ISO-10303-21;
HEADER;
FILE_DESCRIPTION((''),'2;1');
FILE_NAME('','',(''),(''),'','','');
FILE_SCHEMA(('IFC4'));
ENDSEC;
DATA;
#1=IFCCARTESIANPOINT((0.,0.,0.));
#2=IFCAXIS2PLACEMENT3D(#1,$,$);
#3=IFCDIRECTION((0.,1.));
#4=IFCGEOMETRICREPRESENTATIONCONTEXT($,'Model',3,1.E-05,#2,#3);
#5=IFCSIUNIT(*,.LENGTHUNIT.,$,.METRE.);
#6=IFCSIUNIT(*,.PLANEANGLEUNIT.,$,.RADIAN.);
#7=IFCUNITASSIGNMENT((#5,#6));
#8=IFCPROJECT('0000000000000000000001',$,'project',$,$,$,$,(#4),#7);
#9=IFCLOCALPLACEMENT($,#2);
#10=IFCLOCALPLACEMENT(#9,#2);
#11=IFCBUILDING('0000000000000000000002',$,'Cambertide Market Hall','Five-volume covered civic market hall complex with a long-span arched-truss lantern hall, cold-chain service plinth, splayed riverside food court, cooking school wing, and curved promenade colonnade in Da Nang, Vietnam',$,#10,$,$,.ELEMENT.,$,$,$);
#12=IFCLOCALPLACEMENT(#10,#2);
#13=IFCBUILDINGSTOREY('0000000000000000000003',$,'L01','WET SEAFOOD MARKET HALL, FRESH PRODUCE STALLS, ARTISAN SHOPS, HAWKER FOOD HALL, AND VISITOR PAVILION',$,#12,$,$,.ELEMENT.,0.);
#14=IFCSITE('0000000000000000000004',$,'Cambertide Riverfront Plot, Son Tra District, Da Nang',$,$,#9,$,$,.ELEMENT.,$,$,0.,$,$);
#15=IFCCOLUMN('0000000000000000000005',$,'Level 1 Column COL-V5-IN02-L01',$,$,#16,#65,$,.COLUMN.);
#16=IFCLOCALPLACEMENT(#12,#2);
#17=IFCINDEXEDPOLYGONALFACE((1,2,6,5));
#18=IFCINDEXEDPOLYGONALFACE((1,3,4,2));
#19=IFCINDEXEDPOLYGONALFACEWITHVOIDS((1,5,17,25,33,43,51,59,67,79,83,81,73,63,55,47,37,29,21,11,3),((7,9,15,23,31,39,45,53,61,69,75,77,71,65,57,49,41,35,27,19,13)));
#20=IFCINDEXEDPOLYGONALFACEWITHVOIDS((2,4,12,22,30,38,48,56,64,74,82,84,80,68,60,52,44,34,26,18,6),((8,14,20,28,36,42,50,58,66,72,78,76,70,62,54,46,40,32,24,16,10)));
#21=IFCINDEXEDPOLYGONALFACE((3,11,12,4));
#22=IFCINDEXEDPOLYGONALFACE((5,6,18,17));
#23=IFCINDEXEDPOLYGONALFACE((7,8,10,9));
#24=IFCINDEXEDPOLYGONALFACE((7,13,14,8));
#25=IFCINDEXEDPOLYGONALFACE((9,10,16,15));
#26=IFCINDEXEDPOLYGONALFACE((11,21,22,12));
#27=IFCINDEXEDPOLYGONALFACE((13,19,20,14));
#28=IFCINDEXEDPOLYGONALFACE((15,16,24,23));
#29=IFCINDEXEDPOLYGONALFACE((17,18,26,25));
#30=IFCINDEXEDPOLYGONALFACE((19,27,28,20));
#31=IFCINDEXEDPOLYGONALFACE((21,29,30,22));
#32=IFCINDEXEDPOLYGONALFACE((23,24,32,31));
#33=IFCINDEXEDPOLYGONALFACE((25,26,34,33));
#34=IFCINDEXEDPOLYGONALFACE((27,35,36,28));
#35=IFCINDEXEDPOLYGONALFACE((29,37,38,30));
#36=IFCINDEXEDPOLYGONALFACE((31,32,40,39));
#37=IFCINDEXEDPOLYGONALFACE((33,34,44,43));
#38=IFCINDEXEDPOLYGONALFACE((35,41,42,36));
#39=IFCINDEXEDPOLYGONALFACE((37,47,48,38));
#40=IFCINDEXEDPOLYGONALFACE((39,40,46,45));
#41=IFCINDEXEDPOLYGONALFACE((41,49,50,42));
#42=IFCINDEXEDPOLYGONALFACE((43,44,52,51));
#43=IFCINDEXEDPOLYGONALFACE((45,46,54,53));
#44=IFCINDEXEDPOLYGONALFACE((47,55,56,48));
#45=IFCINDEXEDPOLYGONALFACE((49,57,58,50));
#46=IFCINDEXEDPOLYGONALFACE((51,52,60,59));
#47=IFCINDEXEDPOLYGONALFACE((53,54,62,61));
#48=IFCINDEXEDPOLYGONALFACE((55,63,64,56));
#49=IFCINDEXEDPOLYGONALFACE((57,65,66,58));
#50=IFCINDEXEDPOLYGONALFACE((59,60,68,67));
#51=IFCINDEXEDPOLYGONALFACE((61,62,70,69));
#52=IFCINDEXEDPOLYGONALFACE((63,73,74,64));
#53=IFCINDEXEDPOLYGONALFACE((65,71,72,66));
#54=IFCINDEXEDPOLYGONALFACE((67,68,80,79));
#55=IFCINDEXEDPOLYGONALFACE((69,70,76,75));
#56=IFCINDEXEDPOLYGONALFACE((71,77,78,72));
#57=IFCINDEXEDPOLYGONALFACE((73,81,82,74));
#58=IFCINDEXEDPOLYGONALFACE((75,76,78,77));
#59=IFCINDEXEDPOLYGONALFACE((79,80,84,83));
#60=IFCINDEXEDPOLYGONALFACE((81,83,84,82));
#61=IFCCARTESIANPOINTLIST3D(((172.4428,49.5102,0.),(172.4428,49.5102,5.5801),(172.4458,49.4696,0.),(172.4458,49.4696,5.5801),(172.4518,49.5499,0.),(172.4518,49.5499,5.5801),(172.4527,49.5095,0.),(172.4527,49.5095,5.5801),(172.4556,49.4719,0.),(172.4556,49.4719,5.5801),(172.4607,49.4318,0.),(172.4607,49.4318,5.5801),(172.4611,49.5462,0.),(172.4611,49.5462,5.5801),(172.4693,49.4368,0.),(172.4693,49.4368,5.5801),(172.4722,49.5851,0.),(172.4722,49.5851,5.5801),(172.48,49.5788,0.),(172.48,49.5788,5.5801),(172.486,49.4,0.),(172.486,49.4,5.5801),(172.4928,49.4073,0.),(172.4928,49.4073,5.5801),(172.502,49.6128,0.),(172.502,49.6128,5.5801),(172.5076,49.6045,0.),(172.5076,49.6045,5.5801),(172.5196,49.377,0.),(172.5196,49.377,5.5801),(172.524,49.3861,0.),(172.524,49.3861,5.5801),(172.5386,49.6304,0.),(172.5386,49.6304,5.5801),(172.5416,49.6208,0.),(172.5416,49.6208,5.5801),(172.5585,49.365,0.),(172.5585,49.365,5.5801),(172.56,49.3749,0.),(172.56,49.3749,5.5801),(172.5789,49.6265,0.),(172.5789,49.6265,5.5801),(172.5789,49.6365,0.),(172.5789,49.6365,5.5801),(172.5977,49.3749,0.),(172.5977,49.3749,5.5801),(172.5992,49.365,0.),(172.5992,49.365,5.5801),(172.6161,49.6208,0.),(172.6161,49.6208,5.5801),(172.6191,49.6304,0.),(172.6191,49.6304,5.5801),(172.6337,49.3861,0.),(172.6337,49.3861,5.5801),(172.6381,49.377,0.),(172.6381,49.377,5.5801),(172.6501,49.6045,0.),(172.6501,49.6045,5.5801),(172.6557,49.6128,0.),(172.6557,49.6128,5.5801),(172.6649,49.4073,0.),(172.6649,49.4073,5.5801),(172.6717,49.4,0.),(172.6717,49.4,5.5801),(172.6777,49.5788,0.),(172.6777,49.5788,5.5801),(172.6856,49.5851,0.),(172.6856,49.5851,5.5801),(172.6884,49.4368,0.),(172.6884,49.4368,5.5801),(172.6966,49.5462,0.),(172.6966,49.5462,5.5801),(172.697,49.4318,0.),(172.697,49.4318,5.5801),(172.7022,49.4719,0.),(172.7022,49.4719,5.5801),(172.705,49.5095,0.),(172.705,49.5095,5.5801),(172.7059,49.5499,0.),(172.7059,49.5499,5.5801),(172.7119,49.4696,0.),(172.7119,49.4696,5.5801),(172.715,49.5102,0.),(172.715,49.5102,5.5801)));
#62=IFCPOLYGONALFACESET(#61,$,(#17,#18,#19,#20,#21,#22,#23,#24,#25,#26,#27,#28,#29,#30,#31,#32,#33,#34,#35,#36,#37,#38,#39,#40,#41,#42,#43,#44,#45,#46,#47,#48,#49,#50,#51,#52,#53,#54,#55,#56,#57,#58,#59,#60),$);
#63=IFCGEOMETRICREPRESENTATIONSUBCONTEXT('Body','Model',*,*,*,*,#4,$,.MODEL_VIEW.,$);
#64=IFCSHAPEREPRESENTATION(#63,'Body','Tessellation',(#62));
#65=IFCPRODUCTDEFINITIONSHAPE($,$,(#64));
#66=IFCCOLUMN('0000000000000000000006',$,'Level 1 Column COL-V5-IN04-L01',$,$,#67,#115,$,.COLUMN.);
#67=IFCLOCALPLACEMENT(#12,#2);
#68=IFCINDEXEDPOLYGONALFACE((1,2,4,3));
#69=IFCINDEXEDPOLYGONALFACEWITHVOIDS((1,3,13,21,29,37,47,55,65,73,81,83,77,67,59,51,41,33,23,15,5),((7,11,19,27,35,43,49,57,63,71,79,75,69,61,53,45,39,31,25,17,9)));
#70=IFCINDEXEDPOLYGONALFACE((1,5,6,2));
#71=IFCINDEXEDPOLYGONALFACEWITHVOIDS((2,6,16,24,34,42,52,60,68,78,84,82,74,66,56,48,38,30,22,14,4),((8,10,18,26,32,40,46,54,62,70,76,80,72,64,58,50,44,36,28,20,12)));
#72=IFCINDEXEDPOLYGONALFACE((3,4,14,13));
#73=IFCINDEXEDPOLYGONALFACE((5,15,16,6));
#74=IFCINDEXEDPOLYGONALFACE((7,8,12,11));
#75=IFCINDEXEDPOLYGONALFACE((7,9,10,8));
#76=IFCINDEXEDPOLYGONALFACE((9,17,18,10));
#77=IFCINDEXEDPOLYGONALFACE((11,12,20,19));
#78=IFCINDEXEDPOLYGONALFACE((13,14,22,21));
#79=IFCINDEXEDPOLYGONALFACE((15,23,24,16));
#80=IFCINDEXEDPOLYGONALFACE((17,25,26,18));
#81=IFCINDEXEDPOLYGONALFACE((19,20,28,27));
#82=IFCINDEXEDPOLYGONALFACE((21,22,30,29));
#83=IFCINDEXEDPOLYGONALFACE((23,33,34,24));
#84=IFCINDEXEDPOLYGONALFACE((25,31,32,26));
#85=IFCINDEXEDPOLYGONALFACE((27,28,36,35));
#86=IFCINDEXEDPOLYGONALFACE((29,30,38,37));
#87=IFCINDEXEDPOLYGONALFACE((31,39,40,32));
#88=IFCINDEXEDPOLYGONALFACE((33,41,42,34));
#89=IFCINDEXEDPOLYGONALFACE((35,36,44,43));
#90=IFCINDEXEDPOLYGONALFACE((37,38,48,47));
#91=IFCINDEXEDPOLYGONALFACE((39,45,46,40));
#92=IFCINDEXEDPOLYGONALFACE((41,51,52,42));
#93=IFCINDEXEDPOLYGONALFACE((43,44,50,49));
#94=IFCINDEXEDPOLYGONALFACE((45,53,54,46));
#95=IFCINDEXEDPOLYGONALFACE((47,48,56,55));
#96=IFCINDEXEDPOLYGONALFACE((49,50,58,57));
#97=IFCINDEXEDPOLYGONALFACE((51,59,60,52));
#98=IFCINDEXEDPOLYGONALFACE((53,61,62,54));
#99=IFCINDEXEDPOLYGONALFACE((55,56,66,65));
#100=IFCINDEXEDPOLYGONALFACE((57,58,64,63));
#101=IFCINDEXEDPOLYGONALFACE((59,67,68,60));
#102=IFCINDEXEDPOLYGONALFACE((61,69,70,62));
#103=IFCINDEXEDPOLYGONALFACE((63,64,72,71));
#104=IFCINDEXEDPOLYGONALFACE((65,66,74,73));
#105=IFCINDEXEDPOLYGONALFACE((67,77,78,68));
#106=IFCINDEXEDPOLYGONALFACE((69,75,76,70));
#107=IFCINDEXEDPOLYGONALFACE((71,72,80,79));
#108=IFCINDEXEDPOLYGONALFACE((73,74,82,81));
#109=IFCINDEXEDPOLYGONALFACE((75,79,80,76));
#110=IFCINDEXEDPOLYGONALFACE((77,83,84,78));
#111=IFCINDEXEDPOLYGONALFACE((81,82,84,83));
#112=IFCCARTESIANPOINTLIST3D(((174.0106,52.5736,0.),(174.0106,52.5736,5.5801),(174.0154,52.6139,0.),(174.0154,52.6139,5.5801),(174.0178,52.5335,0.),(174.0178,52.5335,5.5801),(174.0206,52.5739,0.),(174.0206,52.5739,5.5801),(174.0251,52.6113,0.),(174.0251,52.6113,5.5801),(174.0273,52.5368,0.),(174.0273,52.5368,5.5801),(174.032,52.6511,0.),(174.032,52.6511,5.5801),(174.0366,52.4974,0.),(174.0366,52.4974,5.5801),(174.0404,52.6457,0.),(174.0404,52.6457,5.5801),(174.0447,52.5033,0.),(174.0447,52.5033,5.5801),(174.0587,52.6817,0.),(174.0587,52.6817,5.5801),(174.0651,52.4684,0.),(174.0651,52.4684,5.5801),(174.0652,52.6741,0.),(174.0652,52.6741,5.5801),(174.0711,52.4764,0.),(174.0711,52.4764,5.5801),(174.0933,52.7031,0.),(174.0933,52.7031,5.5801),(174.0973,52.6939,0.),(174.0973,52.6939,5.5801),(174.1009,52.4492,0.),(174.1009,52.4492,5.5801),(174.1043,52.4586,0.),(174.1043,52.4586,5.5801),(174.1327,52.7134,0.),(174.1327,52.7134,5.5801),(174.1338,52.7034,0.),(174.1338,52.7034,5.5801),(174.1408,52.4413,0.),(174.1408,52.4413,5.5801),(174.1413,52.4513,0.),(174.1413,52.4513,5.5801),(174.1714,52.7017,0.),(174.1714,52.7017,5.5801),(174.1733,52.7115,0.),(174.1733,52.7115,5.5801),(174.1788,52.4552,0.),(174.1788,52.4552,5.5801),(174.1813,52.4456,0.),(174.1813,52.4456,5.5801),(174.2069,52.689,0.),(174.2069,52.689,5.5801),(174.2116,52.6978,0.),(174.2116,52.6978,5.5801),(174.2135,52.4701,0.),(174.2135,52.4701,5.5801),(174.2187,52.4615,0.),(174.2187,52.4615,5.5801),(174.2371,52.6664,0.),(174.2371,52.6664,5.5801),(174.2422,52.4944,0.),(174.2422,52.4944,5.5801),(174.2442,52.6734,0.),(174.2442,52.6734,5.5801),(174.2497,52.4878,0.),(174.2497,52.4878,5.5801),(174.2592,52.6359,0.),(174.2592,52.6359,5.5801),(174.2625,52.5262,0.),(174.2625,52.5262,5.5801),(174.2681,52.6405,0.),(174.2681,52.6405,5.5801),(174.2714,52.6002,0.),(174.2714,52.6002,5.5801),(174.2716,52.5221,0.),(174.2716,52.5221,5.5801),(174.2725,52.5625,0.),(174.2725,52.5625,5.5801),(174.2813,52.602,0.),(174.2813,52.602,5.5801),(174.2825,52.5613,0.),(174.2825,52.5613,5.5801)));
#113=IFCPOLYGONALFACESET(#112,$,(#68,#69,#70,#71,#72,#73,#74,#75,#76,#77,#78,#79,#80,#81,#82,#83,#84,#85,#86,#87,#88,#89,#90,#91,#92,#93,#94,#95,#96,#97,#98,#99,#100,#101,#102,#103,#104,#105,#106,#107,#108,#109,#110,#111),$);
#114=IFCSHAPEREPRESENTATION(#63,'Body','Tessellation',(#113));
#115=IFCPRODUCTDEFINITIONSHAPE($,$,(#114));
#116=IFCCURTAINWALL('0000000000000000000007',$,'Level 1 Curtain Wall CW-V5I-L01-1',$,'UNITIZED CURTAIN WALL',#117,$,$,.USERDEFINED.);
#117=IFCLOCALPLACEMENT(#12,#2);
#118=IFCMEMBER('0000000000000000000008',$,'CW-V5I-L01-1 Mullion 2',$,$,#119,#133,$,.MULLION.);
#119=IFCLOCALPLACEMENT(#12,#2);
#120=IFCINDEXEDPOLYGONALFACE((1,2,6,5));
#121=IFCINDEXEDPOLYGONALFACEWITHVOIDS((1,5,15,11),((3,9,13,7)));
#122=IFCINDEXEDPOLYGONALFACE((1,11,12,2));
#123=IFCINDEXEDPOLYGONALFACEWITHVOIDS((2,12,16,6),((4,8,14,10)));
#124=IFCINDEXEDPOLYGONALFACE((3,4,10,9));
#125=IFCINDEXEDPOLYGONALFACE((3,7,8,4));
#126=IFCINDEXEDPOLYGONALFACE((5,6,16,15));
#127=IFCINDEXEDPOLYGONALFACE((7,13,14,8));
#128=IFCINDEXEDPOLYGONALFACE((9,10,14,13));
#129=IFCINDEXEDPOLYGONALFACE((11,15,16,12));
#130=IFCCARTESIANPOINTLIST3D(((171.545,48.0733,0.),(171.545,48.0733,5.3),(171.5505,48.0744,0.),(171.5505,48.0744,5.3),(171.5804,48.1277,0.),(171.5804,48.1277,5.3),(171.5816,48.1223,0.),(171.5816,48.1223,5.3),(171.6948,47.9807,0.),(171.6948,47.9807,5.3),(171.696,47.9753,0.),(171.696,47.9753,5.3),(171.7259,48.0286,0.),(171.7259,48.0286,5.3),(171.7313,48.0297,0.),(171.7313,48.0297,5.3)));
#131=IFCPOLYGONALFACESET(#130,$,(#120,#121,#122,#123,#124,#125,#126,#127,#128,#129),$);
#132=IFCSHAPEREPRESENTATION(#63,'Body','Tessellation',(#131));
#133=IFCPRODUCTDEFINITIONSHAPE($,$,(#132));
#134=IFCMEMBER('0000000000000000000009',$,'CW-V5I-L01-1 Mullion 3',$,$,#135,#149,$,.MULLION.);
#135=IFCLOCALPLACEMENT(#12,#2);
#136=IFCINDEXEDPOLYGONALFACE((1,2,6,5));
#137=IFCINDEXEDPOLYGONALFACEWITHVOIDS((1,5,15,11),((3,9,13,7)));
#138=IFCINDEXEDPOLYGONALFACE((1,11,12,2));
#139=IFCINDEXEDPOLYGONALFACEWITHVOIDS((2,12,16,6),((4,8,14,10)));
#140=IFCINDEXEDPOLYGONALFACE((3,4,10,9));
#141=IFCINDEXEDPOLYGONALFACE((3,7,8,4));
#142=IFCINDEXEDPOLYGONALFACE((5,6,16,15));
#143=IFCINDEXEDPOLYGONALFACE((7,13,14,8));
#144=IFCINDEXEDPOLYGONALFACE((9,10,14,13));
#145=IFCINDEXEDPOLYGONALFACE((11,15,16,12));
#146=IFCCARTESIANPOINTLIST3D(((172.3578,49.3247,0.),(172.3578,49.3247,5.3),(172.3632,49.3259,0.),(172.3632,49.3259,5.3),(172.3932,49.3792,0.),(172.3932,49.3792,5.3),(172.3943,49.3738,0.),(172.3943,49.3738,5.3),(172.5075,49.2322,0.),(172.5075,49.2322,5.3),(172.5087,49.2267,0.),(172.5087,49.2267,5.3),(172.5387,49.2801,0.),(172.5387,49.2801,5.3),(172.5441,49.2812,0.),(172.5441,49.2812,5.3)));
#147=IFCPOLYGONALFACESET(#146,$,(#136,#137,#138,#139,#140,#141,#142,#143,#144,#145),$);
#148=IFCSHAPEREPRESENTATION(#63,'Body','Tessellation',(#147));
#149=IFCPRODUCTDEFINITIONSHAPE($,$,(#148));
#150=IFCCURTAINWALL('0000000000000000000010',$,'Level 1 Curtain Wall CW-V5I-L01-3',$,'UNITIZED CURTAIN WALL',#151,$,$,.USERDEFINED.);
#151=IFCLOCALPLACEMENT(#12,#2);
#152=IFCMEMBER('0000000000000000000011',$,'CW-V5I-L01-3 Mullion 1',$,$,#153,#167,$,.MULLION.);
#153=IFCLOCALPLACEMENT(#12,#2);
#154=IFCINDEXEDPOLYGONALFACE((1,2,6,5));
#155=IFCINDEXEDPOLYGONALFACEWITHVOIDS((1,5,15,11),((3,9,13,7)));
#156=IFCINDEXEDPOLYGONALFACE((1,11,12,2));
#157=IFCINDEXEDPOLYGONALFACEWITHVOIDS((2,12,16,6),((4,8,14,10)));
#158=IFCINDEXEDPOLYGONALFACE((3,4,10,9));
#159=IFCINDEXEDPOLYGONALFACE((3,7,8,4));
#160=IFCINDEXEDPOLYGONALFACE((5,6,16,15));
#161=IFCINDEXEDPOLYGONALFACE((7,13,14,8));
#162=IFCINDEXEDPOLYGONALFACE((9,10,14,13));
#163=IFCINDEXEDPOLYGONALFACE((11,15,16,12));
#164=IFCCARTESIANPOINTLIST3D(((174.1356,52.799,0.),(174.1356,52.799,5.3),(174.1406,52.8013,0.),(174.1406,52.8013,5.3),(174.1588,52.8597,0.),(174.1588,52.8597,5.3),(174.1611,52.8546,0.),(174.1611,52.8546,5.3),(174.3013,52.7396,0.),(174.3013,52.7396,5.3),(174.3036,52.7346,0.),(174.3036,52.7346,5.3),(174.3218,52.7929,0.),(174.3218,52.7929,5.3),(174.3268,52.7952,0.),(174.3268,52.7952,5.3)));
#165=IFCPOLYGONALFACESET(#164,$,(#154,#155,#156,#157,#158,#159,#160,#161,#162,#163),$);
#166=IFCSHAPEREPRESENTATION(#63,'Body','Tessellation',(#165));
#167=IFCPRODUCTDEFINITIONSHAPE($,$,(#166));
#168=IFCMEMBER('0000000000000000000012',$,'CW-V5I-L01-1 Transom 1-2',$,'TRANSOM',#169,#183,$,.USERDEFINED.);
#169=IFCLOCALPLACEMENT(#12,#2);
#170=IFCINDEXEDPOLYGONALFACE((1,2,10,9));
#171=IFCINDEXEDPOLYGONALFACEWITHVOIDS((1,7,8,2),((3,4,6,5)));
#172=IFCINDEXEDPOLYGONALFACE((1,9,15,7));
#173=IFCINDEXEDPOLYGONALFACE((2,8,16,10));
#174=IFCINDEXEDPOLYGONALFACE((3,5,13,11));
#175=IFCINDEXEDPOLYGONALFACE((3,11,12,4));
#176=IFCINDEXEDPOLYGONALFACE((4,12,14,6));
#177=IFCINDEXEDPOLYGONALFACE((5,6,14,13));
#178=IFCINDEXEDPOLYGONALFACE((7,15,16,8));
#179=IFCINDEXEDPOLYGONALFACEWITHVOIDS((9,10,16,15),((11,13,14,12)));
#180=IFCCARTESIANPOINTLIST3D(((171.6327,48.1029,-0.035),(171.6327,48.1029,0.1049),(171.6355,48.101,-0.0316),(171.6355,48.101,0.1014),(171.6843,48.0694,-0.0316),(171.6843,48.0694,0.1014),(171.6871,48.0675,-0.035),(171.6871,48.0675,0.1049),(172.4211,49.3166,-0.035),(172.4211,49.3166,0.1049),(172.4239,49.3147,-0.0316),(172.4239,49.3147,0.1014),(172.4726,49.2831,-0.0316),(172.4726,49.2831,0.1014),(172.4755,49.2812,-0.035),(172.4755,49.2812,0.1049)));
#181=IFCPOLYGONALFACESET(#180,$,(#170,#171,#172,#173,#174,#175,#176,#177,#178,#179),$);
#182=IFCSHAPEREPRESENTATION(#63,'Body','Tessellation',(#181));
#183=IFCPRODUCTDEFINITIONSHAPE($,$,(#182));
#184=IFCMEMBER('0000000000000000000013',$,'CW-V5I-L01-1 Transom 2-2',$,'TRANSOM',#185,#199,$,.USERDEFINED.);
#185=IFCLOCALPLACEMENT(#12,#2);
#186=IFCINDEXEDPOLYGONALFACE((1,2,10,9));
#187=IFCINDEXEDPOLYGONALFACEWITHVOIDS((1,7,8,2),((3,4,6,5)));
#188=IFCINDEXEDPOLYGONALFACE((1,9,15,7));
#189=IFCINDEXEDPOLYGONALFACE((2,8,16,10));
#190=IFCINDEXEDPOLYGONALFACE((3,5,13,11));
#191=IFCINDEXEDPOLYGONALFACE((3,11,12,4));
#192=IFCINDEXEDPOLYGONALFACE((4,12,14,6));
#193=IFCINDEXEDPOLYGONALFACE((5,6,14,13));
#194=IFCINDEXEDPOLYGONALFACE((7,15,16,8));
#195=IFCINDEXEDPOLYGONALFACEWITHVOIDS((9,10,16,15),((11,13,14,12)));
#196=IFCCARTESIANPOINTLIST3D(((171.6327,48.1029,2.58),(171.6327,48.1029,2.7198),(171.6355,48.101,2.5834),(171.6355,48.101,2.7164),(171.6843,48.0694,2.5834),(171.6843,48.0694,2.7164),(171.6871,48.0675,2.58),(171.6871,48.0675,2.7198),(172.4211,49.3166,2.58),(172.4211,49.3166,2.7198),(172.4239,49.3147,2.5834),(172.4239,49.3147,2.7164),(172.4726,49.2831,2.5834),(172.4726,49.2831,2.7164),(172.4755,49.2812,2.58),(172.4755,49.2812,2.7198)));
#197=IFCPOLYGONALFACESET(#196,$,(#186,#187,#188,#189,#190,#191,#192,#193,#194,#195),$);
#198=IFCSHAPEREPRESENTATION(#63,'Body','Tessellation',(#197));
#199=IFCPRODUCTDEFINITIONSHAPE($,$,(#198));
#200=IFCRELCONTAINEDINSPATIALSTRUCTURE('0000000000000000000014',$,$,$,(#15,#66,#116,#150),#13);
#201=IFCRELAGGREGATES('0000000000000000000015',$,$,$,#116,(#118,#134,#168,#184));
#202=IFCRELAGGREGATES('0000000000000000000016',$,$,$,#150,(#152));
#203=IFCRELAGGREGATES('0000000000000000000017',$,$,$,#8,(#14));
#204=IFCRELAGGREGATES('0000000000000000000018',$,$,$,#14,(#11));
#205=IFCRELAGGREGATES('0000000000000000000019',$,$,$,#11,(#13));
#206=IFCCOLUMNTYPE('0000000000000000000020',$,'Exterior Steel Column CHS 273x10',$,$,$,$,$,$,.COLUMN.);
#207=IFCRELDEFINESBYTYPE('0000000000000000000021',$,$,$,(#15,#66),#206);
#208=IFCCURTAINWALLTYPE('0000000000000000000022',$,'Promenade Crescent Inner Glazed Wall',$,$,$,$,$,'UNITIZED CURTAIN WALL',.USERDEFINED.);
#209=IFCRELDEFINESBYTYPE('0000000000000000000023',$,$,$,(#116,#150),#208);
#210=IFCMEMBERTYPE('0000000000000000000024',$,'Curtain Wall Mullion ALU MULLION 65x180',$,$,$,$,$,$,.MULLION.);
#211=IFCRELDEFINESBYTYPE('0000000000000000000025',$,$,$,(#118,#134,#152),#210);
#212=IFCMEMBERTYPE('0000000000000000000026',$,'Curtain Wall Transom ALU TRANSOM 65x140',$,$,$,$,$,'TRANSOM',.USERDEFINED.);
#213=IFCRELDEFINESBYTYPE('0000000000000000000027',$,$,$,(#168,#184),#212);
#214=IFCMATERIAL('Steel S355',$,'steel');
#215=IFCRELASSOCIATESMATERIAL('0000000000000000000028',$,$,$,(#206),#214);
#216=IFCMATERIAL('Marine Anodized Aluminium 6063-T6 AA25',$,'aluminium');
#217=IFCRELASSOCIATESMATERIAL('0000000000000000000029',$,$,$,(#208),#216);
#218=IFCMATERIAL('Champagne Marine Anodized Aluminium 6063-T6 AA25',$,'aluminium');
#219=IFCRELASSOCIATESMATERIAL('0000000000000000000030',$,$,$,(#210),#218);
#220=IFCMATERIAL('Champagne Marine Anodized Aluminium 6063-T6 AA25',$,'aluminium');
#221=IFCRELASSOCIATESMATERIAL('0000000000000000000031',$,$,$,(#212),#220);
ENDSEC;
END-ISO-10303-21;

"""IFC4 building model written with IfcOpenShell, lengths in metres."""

from ifc_helpers import new_model, si_unit, direction, frame, origin, origin_2d, place, context, subcontext, project, spatial, hollow_rectangle, hollow_circle, extrude, material, material_profile, profile_set, type_object, element, aggregate, save


model = new_model("IFC4")

# Units and contexts
model_context = context("Model", 3, precision=1e-05, world=origin(), true_north=direction((0.0, 1.0)))
body_context = subcontext(model_context, "Body", "Model", "MODEL_VIEW")
ifc_project = project(units=[si_unit("LENGTHUNIT", "METRE"), si_unit("PLANEANGLEUNIT", "RADIAN")], contexts=[model_context])

# Site, building, storey
site_placement = place(None, origin())
site = spatial("IfcSite", under=ifc_project, at=site_placement, Name="Cambertide Riverfront Plot, Son Tra District, Da Nang", CompositionType="ELEMENT", RefElevation=0.0)
building_placement = place(site_placement, origin())
building = spatial("IfcBuilding", under=site, at=building_placement, Name="Cambertide Market Hall", Description="Five-volume covered civic market hall complex with a long-span arched-truss lantern hall, cold-chain service plinth, splayed riverside food court, cooking school wing, and curved promenade colonnade in Da Nang, Vietnam", CompositionType="ELEMENT")
storey_placement = place(building_placement, origin())
storey = spatial("IfcBuildingStorey", under=building, at=storey_placement, Name="L01", Description="WET SEAFOOD MARKET HALL, FRESH PRODUCE STALLS, ARTISAN SHOPS, HAWKER FOOD HALL, AND VISITOR PAVILION", CompositionType="ELEMENT", Elevation=0.0)

# Columns
ifc_material_1 = material(Name="Steel S355", Category="steel")
ifc_material_profile_1 = material_profile(ifc_material_1, hollow_circle(Radius=0.1365, WallThickness=0.01, at=origin_2d()), Name="CHS 273x10")
ifc_profile_set_1 = profile_set([ifc_material_profile_1], Name="Steel S355")
column_type = type_object("IfcColumnType", Name="Exterior Steel Column CHS 273x10", PredefinedType="COLUMN", material=ifc_profile_set_1)
for number, where, z_axis, x_axis, name in (
    (1, (172.5789, 49.5, 0.0), (0.0, 0.0, 1.0), (0.866025, -0.5, 0.0), "Level 1 Column COL-V5-IN02-L01"),
    (2, (174.147, 52.5776, 0.0), (0.0, 0.0, 1.0), (0.913545, -0.406737, 0.0), "Level 1 Column COL-V5-IN04-L01"),
):
    element("IfcColumn", number, at=place(storey_placement, frame(where, z_axis=z_axis, x_axis=x_axis)), inside=storey, type_object=column_type, Name=name, PredefinedType="COLUMN", context=body_context, shape_type="SweptSolid", body=[
        extrude(hollow_circle(Radius=0.1365, WallThickness=0.01, at=origin_2d()), origin(), (0.0, 0.0, 1.0), 5.5801),
    ])

# Curtain wall, members
ifc_material_2 = material(Name="Marine Anodized Aluminium 6063-T6 AA25", Category="aluminium")
curtain_wall_type = type_object("IfcCurtainWallType", Name="Promenade Crescent Inner Glazed Wall", ElementType="UNITIZED CURTAIN WALL", PredefinedType="USERDEFINED", material=ifc_material_2)
curtain_wall_1_placement = place(storey_placement, origin())
curtain_wall_1 = element("IfcCurtainWall", 3, at=curtain_wall_1_placement, inside=storey, type_object=curtain_wall_type, Name="Level 1 Curtain Wall CW-V5I-L01-1", ObjectType="UNITIZED CURTAIN WALL", PredefinedType="USERDEFINED")
ifc_material_3 = material(Name="Champagne Marine Anodized Aluminium 6063-T6 AA25", Category="aluminium")
ifc_material_profile_2 = material_profile(ifc_material_3, hollow_rectangle(XDim=0.0649, YDim=0.1799, WallThickness=0.0039, at=origin_2d()), Name="ALU MULLION 65x180")
ifc_profile_set_2 = profile_set([ifc_material_profile_2], Name="Champagne Marine Anodized Aluminium 6063-T6 AA25")
member_type_1 = type_object("IfcMemberType", Name="Curtain Wall Mullion ALU MULLION 65x180", PredefinedType="MULLION", material=ifc_profile_set_2)
member_1_placement = place(storey_placement, frame((171.6382, 48.0515, 0.0), z_axis=(0.0, 0.0, 1.0), x_axis=(0.544639, 0.838671, 0.0)))
member_1 = element("IfcMember", 4, at=member_1_placement, type_object=member_type_1, Name="CW-V5I-L01-1 Mullion 2", PredefinedType="MULLION", context=body_context, shape_type="SweptSolid", body=[
    extrude(hollow_rectangle(XDim=0.0649, YDim=0.1799, WallThickness=0.0039, at=origin_2d()), origin(), (0.0, 0.0, 1.0), 5.3),
])
member_2_placement = place(storey_placement, frame((172.4509, 49.303, 0.0), z_axis=(0.0, 0.0, 1.0), x_axis=(0.544639, 0.838671, 0.0)))
member_2 = element("IfcMember", 5, at=member_2_placement, type_object=member_type_1, Name="CW-V5I-L01-1 Mullion 3", PredefinedType="MULLION", context=body_context, shape_type="SweptSolid", body=[
    extrude(hollow_rectangle(XDim=0.0649, YDim=0.1799, WallThickness=0.0039, at=origin_2d()), origin(), (0.0, 0.0, 1.0), 5.3),
])

# Curtain wall, member
curtain_wall_2_placement = place(storey_placement, origin())
curtain_wall_2 = element("IfcCurtainWall", 6, at=curtain_wall_2_placement, inside=storey, type_object=curtain_wall_type, Name="Level 1 Curtain Wall CW-V5I-L01-3", ObjectType="UNITIZED CURTAIN WALL", PredefinedType="USERDEFINED")
member_3_placement = place(storey_placement, frame((174.2312, 52.7971, 0.0), z_axis=(0.0, 0.0, 1.0), x_axis=(0.358368, 0.93358, 0.0)))
member_3 = element("IfcMember", 7, at=member_3_placement, type_object=member_type_1, Name="CW-V5I-L01-3 Mullion 1", PredefinedType="MULLION", context=body_context, shape_type="SweptSolid", body=[
    extrude(hollow_rectangle(XDim=0.0649, YDim=0.1799, WallThickness=0.0039, at=origin_2d()), origin(), (0.0, 0.0, 1.0), 5.3),
])

# Members
ifc_material_4 = material(Name="Champagne Marine Anodized Aluminium 6063-T6 AA25", Category="aluminium")
ifc_material_profile_3 = material_profile(ifc_material_4, hollow_rectangle(XDim=0.0649, YDim=0.1399, WallThickness=0.0034, at=origin_2d()), Name="ALU TRANSOM 65x140")
ifc_profile_set_3 = profile_set([ifc_material_profile_3], Name="Champagne Marine Anodized Aluminium 6063-T6 AA25")
member_type_2 = type_object("IfcMemberType", Name="Curtain Wall Transom ALU TRANSOM 65x140", ElementType="TRANSOM", PredefinedType="USERDEFINED", material=ifc_profile_set_3)
member_4_placement = place(storey_placement, frame((171.6599, 48.0852, 0.0349), z_axis=(0.544733, 0.838609, 0.0), x_axis=(-0.838609, 0.544733, 0.0)))
member_4 = element("IfcMember", 8, at=member_4_placement, type_object=member_type_2, Name="CW-V5I-L01-1 Transom 1-2", ObjectType="TRANSOM", PredefinedType="USERDEFINED", context=body_context, shape_type="SweptSolid", body=[
    extrude(hollow_rectangle(XDim=0.0649, YDim=0.1399, WallThickness=0.0034, at=origin_2d()), origin(), (0.0, 0.0, 1.0), 1.4473),
])
member_5_placement = place(storey_placement, frame((171.6599, 48.0852, 2.6499), z_axis=(0.544733, 0.838609, 0.0), x_axis=(-0.838609, 0.544733, 0.0)))
member_5 = element("IfcMember", 9, at=member_5_placement, type_object=member_type_2, Name="CW-V5I-L01-1 Transom 2-2", ObjectType="TRANSOM", PredefinedType="USERDEFINED", context=body_context, shape_type="SweptSolid", body=[
    extrude(hollow_rectangle(XDim=0.0649, YDim=0.1399, WallThickness=0.0034, at=origin_2d()), origin(), (0.0, 0.0, 1.0), 1.4473),
])

aggregate(curtain_wall_1, [member_1, member_2, member_4, member_5])
aggregate(curtain_wall_2, [member_3])

save(model, "model.ifc")
